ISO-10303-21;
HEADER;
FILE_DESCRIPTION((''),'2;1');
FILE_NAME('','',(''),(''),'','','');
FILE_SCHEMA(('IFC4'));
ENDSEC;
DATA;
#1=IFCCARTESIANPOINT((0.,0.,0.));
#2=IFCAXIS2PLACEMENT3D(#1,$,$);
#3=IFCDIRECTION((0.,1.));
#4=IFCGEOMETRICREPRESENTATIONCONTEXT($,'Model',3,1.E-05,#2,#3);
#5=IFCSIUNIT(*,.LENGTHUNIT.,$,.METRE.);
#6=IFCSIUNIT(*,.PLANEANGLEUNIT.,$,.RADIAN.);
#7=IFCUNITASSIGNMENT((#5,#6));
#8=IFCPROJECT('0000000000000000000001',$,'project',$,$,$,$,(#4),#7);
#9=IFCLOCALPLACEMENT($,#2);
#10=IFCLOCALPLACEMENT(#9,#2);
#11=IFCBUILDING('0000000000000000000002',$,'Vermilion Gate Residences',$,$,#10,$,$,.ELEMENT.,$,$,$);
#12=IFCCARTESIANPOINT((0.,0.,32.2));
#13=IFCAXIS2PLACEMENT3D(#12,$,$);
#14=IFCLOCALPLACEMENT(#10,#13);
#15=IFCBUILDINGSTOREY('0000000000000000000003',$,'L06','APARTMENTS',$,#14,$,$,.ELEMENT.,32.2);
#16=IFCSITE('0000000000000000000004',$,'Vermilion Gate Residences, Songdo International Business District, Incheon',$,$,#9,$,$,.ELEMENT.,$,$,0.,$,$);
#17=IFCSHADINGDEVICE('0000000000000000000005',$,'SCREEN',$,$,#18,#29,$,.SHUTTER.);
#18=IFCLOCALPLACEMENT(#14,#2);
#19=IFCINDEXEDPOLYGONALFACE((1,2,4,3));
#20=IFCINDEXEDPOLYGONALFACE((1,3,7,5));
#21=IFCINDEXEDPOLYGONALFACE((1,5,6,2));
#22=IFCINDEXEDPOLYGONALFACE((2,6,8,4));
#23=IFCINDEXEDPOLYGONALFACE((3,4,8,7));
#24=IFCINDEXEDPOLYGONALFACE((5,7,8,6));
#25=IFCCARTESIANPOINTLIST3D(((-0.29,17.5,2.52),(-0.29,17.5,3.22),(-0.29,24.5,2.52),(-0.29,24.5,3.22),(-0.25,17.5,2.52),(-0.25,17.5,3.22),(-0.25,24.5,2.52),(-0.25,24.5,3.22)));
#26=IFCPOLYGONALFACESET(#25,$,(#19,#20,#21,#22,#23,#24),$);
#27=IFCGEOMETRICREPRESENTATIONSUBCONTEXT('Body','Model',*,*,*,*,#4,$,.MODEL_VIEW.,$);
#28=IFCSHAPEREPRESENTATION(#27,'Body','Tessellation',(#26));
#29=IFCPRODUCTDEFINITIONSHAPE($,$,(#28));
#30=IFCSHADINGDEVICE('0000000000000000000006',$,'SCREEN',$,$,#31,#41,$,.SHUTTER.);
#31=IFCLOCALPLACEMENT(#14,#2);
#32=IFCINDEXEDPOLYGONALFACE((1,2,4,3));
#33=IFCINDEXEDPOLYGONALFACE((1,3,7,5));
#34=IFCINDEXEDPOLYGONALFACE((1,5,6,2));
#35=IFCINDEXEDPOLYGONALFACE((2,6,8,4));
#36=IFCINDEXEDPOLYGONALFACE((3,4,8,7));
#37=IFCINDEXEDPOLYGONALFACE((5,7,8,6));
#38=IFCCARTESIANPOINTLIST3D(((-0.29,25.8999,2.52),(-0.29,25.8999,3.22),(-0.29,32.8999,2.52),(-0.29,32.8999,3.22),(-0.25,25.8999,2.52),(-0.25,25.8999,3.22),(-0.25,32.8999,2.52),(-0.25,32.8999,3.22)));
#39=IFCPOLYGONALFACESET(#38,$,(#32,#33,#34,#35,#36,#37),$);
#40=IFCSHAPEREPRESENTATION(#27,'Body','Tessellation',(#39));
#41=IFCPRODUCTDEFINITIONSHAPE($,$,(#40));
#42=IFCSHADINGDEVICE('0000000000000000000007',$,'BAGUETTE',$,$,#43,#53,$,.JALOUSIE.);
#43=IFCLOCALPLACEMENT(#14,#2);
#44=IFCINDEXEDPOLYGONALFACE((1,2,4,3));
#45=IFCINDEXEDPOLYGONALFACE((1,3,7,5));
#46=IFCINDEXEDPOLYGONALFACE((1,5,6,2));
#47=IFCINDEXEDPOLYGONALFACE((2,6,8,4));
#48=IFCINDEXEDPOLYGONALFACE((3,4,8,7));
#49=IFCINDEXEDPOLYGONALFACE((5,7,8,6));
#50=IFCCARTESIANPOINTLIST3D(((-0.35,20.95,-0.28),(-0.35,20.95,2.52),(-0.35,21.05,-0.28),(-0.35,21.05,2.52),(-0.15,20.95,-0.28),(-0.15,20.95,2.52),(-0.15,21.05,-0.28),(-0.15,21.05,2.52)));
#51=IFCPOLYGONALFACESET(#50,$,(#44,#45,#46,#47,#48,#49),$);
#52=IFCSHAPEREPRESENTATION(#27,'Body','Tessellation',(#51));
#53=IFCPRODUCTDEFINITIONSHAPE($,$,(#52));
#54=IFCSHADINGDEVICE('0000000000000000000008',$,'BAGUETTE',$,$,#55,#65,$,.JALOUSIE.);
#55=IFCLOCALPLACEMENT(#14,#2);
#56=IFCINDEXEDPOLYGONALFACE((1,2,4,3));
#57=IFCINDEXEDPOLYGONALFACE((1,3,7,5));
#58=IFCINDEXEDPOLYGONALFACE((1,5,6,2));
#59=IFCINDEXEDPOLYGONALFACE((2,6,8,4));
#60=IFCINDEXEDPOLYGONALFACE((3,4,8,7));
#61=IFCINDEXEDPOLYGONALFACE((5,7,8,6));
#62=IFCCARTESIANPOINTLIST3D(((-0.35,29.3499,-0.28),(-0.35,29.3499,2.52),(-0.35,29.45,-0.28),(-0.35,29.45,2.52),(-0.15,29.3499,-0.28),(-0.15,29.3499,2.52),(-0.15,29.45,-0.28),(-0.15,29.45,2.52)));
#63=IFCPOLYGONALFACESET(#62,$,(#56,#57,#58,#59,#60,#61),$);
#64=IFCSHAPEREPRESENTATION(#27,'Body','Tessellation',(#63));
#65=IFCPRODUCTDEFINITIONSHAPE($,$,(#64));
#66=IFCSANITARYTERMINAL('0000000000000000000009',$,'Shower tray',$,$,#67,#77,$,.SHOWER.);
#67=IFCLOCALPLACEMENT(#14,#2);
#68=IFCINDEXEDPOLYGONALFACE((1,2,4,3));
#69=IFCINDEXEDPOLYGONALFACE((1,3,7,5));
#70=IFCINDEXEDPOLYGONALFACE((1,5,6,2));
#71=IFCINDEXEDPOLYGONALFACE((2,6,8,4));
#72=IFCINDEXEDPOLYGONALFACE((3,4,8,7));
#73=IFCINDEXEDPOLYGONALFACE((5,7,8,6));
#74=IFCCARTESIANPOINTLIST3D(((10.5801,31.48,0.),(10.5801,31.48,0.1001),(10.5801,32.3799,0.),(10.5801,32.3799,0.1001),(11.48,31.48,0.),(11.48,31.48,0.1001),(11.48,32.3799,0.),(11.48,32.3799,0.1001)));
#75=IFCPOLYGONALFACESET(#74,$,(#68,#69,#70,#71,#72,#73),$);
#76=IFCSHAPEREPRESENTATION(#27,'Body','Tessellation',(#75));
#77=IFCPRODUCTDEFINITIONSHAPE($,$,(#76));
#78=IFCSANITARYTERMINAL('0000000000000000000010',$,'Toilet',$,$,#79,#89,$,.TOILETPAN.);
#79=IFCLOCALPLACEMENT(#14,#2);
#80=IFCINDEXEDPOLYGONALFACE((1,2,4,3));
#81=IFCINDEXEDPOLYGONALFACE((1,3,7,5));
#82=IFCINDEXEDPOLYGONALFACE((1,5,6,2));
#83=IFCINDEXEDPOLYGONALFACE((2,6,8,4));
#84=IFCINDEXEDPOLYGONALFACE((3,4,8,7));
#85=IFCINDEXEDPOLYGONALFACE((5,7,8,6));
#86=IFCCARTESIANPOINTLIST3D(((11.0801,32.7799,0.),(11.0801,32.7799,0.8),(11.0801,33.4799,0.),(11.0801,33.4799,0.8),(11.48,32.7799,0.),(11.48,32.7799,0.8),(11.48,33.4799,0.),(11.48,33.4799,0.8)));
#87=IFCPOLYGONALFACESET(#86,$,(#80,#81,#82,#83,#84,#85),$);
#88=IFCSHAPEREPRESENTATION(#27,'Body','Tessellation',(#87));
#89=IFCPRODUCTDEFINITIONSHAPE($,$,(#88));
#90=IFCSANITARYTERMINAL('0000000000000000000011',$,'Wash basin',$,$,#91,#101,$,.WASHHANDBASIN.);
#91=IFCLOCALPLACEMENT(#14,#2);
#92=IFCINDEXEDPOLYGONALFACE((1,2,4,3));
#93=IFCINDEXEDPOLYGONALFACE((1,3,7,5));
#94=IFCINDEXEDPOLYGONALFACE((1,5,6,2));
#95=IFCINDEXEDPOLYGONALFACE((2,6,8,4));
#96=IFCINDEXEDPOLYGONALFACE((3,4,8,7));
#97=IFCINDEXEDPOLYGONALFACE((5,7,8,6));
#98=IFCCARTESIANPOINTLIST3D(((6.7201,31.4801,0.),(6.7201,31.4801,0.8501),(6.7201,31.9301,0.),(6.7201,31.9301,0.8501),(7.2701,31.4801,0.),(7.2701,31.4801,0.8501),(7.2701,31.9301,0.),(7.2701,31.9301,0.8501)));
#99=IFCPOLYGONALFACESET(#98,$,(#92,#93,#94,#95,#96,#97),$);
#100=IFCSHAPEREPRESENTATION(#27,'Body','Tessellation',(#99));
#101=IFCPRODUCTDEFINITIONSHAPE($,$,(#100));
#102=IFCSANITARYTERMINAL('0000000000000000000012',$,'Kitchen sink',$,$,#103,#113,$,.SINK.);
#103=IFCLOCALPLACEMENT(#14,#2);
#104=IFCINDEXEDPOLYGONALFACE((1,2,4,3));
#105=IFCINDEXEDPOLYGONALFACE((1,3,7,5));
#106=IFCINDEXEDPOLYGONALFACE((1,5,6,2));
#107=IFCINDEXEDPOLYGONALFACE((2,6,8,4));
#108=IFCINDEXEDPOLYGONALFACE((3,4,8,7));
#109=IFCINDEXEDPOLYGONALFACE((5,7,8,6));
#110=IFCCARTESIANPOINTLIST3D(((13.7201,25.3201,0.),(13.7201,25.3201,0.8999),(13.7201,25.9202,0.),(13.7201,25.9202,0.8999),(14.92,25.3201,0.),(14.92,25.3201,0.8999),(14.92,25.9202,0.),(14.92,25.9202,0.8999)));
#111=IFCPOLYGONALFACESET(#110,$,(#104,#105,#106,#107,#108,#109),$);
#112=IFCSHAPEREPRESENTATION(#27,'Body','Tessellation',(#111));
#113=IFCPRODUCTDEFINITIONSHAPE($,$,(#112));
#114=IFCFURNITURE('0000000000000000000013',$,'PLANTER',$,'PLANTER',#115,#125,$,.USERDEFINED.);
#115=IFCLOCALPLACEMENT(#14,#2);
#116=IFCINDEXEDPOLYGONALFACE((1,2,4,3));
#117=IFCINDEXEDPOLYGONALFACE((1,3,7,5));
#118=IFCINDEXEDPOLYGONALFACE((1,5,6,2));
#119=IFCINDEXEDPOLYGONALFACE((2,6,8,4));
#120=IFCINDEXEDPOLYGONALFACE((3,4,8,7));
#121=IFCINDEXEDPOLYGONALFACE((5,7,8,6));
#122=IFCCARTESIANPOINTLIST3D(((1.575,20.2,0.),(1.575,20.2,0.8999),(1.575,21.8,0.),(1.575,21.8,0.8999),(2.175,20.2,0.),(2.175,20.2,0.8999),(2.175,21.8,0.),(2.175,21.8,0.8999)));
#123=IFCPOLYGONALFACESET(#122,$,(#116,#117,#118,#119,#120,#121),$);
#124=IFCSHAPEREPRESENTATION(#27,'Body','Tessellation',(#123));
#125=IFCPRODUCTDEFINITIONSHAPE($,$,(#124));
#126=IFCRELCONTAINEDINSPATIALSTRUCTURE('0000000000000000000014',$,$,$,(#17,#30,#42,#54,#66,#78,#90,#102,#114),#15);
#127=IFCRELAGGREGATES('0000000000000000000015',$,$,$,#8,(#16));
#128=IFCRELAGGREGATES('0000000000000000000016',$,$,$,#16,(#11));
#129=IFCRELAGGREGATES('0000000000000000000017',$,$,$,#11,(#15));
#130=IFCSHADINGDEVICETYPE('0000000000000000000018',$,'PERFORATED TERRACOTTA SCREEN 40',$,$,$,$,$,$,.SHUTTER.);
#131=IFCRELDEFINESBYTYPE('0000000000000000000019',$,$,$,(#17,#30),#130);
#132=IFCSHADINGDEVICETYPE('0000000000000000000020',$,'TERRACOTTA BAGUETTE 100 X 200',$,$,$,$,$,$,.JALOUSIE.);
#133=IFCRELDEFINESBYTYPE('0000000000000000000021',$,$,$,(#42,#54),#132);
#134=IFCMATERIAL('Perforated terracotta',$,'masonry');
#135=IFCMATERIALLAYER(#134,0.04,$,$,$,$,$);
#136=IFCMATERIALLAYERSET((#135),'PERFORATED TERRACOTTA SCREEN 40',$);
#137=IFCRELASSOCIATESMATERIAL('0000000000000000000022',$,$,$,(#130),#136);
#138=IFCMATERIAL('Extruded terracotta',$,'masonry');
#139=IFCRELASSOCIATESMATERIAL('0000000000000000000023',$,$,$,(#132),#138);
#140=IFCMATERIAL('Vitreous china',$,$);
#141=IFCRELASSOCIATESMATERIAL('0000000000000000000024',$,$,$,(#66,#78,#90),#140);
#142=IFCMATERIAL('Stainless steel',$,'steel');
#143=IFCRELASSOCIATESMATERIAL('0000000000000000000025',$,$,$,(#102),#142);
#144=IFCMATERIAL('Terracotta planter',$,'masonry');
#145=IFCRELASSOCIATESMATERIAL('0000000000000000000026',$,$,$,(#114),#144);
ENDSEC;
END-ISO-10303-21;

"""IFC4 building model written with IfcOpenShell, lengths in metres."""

from ifc_helpers import new_model, si_unit, direction, frame, origin, origin_2d, place, context, subcontext, project, spatial, rectangle, extrude, material, layer, layer_set, material_profile, profile_set, type_object, element, save


model = new_model("IFC4")

# Units and contexts
model_context = context("Model", 3, precision=1e-05, world=origin(), true_north=direction((0.0, 1.0)))
body_context = subcontext(model_context, "Body", "Model", "MODEL_VIEW")
ifc_project = project(units=[si_unit("LENGTHUNIT", "METRE"), si_unit("PLANEANGLEUNIT", "RADIAN")], contexts=[model_context])

# Site, building, storey
site_placement = place(None, origin())
site = spatial("IfcSite", under=ifc_project, at=site_placement, Name="Vermilion Gate Residences, Songdo International Business District, Incheon", CompositionType="ELEMENT", RefElevation=0.0)
building_placement = place(site_placement, origin())
building = spatial("IfcBuilding", under=site, at=building_placement, Name="Vermilion Gate Residences", CompositionType="ELEMENT")
storey_placement = place(building_placement, frame((0.0, 0.0, 32.2)))
storey = spatial("IfcBuildingStorey", under=building, at=storey_placement, Name="L06", Description="APARTMENTS", CompositionType="ELEMENT", Elevation=32.2)

# Shading devices
ifc_material_1 = material(Name="Perforated terracotta", Category="masonry")
ifc_layer_1 = layer(ifc_material_1, 0.04)
ifc_layer_set_1 = layer_set([ifc_layer_1], Name="PERFORATED TERRACOTTA SCREEN 40")
shading_device_type_1 = type_object("IfcShadingDeviceType", Name="PERFORATED TERRACOTTA SCREEN 40", PredefinedType="SHUTTER", material=ifc_layer_set_1)
for number, where, z_axis, x_axis, name in (
    (1, (-0.27, 21.0, 2.52), (0.0, 0.0, 1.0), (0.0, -1.0, 0.0), "SCREEN"),
    (2, (-0.27, 29.3999, 2.52), (0.0, 0.0, 1.0), (0.0, -1.0, 0.0), "SCREEN"),
):
    element("IfcShadingDevice", number, at=place(storey_placement, frame(where, z_axis=z_axis, x_axis=x_axis)), inside=storey, type_object=shading_device_type_1, Name=name, PredefinedType="SHUTTER", context=body_context, shape_type="SweptSolid", body=[
        extrude(rectangle(XDim=7.0, YDim=0.04, at=origin_2d()), origin(), (0.0, 0.0, 1.0), 0.7),
    ])
ifc_material_2 = material(Name="Extruded terracotta", Category="masonry")
ifc_material_profile_1 = material_profile(ifc_material_2, rectangle(XDim=0.2, YDim=0.1001, at=origin_2d()), Name="BAGUETTE 100 X 200")
ifc_profile_set_1 = profile_set([ifc_material_profile_1], Name="Extruded terracotta")
shading_device_type_2 = type_object("IfcShadingDeviceType", Name="TERRACOTTA BAGUETTE 100 X 200", PredefinedType="JALOUSIE", material=ifc_profile_set_1)
for number, where, z_axis, x_axis, name in (
    (3, (-0.25, 21.0, -0.28), (0.0, 0.0, 1.0), (1.0, 0.0, 0.0), "BAGUETTE"),
    (4, (-0.25, 29.3999, -0.28), (0.0, 0.0, 1.0), (1.0, 0.0, 0.0), "BAGUETTE"),
):
    element("IfcShadingDevice", number, at=place(storey_placement, frame(where, z_axis=z_axis, x_axis=x_axis)), inside=storey, type_object=shading_device_type_2, Name=name, PredefinedType="JALOUSIE", context=body_context, shape_type="SweptSolid", body=[
        extrude(rectangle(XDim=0.2, YDim=0.1001, at=origin_2d()), origin(), (0.0, 0.0, 1.0), 2.8),
    ])

# Sanitary terminals
ifc_material_3 = material(Name="Vitreous china")
sanitary_terminal_1_placement = place(storey_placement, frame((11.03, 31.9299, 0.0), z_axis=(0.0, 0.0, 1.0), x_axis=(1.0, 0.0, 0.0)))
element("IfcSanitaryTerminal", 5, at=sanitary_terminal_1_placement, inside=storey, material=ifc_material_3, Name="Shower tray", PredefinedType="SHOWER", context=body_context, shape_type="SweptSolid", body=[
    extrude(rectangle(XDim=0.8999, YDim=0.8999, at=origin_2d()), origin(), (0.0, 0.0, 1.0), 0.1001),
])
sanitary_terminal_2_placement = place(storey_placement, frame((11.28, 33.1299, 0.0), z_axis=(0.0, 0.0, 1.0), x_axis=(1.0, 0.0, 0.0)))
element("IfcSanitaryTerminal", 6, at=sanitary_terminal_2_placement, inside=storey, material=ifc_material_3, Name="Toilet", PredefinedType="TOILETPAN", context=body_context, shape_type="SweptSolid", body=[
    extrude(rectangle(XDim=0.3999, YDim=0.7, at=origin_2d()), origin(), (0.0, 0.0, 1.0), 0.8),
])
sanitary_terminal_3_placement = place(storey_placement, frame((6.9951, 31.7051, 0.0), z_axis=(0.0, 0.0, 1.0), x_axis=(1.0, 0.0, 0.0)))
element("IfcSanitaryTerminal", 7, at=sanitary_terminal_3_placement, inside=storey, material=ifc_material_3, Name="Wash basin", PredefinedType="WASHHANDBASIN", context=body_context, shape_type="SweptSolid", body=[
    extrude(rectangle(XDim=0.55, YDim=0.45, at=origin_2d()), origin(), (0.0, 0.0, 1.0), 0.8501),
])
ifc_material_4 = material(Name="Stainless steel", Category="steel")
sanitary_terminal_4_placement = place(storey_placement, frame((14.3201, 25.6201, 0.0), z_axis=(0.0, 0.0, 1.0), x_axis=(1.0, 0.0, 0.0)))
element("IfcSanitaryTerminal", 8, at=sanitary_terminal_4_placement, inside=storey, material=ifc_material_4, Name="Kitchen sink", PredefinedType="SINK", context=body_context, shape_type="SweptSolid", body=[
    extrude(rectangle(XDim=1.2, YDim=0.6001, at=origin_2d()), origin(), (0.0, 0.0, 1.0), 0.8999),
])

# Furniture
ifc_material_5 = material(Name="Terracotta planter", Category="masonry")
furniture_placement = place(storey_placement, frame((1.875, 21.0, 0.0), z_axis=(0.0, 0.0, 1.0), x_axis=(0.0, -1.0, 0.0)))
element("IfcFurniture", 9, at=furniture_placement, inside=storey, material=ifc_material_5, Name="PLANTER", ObjectType="PLANTER", PredefinedType="USERDEFINED", context=body_context, shape_type="SweptSolid", body=[
    extrude(rectangle(XDim=1.6001, YDim=0.6001, at=origin_2d()), origin(), (0.0, 0.0, 1.0), 0.8999),
])

save(model, "model.ifc")
